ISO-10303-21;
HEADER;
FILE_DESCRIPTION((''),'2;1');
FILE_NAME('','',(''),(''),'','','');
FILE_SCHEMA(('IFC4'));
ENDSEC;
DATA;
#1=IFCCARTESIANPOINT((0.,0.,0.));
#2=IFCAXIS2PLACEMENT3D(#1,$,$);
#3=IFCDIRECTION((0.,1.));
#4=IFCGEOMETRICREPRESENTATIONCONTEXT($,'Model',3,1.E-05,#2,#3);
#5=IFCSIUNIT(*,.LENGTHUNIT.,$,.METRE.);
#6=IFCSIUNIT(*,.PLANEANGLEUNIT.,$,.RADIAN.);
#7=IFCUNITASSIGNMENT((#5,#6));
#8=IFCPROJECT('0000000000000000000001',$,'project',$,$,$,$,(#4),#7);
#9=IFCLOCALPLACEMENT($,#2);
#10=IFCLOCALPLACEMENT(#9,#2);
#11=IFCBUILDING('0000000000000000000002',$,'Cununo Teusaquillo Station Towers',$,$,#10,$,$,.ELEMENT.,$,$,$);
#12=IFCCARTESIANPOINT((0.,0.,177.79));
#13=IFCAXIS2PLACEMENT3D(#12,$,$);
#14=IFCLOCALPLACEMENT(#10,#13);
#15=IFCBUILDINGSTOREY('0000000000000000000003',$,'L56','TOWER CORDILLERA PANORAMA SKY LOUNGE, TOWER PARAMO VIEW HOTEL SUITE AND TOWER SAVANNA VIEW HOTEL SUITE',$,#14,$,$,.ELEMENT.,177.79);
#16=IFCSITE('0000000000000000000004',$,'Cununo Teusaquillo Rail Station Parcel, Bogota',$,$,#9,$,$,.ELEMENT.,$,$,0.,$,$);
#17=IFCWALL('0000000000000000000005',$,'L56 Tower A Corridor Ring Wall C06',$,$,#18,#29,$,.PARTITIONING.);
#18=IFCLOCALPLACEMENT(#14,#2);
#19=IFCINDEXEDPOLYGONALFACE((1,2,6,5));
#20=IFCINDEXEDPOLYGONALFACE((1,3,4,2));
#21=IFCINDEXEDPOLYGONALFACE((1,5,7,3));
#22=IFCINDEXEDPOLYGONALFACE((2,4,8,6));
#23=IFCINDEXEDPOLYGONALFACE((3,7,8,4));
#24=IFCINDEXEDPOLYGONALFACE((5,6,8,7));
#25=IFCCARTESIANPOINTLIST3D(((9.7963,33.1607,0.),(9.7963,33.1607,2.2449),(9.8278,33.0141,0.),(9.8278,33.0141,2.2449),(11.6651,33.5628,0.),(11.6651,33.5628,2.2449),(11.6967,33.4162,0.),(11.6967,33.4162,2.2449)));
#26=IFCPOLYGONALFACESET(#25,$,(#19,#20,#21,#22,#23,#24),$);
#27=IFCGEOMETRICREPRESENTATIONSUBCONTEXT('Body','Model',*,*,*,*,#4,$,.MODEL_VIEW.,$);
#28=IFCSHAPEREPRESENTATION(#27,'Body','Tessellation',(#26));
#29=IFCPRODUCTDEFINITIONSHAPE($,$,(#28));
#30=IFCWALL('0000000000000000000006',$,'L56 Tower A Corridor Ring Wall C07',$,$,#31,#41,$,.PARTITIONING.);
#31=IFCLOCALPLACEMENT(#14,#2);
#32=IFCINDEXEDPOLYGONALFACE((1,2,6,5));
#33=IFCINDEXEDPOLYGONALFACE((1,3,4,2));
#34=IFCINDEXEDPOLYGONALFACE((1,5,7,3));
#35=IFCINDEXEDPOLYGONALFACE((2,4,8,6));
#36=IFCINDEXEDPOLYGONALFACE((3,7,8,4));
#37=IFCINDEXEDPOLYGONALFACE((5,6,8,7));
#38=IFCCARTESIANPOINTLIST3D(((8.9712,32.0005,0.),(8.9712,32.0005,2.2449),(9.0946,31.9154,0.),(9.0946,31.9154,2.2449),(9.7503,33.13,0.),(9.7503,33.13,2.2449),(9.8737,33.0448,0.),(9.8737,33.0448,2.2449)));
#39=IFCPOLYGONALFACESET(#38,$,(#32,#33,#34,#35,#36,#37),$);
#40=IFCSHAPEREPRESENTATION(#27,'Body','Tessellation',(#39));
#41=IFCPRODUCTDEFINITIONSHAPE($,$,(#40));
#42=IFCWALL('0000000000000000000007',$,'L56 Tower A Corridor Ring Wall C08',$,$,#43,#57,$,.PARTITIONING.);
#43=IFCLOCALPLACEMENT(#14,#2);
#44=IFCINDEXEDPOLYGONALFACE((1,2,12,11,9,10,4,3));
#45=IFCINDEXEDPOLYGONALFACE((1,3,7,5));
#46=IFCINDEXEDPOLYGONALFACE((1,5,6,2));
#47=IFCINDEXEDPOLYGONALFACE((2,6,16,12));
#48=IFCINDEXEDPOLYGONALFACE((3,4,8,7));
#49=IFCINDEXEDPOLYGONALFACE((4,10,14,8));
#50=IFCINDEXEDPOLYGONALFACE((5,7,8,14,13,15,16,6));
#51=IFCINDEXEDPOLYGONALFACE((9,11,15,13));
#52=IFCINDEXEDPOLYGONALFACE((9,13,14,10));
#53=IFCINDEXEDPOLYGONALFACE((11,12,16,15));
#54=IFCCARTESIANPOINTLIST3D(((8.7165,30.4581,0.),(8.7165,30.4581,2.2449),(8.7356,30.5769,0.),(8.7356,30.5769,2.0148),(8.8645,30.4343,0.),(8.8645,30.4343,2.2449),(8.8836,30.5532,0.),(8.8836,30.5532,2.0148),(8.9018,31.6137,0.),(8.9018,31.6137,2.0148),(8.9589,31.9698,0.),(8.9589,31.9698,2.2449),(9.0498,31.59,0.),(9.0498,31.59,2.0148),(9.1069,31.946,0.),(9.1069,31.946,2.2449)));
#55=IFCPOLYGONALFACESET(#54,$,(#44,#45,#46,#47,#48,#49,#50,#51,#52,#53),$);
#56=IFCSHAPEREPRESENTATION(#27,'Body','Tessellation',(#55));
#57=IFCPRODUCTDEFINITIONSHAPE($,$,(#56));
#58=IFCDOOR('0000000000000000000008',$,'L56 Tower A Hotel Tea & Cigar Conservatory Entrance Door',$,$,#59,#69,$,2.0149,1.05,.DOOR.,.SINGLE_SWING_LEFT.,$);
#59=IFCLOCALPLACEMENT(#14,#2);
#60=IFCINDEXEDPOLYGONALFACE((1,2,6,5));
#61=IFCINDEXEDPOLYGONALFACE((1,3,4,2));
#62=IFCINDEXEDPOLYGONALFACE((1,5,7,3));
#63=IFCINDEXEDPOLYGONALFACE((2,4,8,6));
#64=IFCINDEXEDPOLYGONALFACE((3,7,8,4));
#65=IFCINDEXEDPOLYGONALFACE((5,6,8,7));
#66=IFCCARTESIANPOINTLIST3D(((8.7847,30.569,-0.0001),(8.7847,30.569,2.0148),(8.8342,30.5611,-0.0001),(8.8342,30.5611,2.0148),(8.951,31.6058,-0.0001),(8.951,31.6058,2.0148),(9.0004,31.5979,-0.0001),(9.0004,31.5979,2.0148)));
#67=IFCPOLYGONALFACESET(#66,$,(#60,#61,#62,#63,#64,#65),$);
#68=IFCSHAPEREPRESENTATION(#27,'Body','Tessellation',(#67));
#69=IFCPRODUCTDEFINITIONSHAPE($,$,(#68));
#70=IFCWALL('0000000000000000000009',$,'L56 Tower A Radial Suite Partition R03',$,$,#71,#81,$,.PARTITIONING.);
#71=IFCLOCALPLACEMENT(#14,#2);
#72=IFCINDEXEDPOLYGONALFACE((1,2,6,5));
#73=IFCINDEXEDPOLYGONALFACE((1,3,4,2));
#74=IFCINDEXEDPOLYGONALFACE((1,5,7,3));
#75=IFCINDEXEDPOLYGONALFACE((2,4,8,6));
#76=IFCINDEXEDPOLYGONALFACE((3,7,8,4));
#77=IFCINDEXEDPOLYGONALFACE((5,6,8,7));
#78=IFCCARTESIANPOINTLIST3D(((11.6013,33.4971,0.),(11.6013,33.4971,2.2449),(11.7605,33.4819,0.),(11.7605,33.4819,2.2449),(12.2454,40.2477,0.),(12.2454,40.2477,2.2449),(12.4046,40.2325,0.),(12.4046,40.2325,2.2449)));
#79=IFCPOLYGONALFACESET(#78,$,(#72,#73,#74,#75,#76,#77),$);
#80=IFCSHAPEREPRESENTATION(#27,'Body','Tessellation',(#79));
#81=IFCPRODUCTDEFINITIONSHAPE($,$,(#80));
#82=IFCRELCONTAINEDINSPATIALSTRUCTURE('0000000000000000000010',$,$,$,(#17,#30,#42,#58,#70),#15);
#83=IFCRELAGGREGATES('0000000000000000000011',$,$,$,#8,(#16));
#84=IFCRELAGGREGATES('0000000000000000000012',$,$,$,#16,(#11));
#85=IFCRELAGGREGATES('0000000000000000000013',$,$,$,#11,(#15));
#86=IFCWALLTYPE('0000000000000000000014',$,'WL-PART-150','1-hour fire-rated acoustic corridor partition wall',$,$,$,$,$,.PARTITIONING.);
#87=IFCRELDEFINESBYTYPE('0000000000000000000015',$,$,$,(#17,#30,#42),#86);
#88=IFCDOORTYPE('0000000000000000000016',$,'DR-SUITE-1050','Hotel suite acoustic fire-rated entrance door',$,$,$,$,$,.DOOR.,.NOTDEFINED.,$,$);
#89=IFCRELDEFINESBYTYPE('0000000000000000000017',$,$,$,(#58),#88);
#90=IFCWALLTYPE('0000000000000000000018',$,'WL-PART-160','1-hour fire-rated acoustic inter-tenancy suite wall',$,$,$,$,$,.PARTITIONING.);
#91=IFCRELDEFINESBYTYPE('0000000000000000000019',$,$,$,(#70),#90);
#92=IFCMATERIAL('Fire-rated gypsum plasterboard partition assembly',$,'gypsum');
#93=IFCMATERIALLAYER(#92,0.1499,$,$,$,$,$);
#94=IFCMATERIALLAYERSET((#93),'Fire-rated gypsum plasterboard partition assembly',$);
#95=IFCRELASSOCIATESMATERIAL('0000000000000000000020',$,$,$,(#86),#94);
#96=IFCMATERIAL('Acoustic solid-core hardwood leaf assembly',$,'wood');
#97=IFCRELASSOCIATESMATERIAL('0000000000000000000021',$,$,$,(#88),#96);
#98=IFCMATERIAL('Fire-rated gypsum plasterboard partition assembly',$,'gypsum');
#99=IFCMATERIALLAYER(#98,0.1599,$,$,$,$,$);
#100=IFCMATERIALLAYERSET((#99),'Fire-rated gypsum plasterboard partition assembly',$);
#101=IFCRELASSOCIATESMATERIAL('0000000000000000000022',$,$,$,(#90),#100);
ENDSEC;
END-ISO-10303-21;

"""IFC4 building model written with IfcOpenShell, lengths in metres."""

from ifc_helpers import new_model, si_unit, direction, frame, frame_2d, origin, place, context, subcontext, project, spatial, rectangle, extrude, source, transform, mapped, material, layer, layer_set, type_object, element, fill, save


model = new_model("IFC4")

# Units and contexts
model_context = context("Model", 3, precision=1e-05, world=origin(), true_north=direction((0.0, 1.0)))
body_context = subcontext(model_context, "Body", "Model", "MODEL_VIEW")
ifc_project = project(units=[si_unit("LENGTHUNIT", "METRE"), si_unit("PLANEANGLEUNIT", "RADIAN")], contexts=[model_context])

# Site, building, storey
site_placement = place(None, origin())
site = spatial("IfcSite", under=ifc_project, at=site_placement, Name="Cununo Teusaquillo Rail Station Parcel, Bogota", CompositionType="ELEMENT", RefElevation=0.0)
building_placement = place(site_placement, origin())
building = spatial("IfcBuilding", under=site, at=building_placement, Name="Cununo Teusaquillo Station Towers", CompositionType="ELEMENT")
storey_placement = place(building_placement, frame((0.0, 0.0, 177.79)))
storey = spatial("IfcBuildingStorey", under=building, at=storey_placement, Name="L56", Description="TOWER CORDILLERA PANORAMA SKY LOUNGE, TOWER PARAMO VIEW HOTEL SUITE AND TOWER SAVANNA VIEW HOTEL SUITE", CompositionType="ELEMENT", Elevation=177.79)

# Walls
ifc_material_1 = material(Name="Fire-rated gypsum plasterboard partition assembly", Category="gypsum")
ifc_layer_1 = layer(ifc_material_1, 0.1499)
ifc_layer_set_1 = layer_set([ifc_layer_1], Name="Fire-rated gypsum plasterboard partition assembly")
wall_type_1 = type_object("IfcWallType", Name="WL-PART-150", Description="1-hour fire-rated acoustic corridor partition wall", PredefinedType="PARTITIONING", material=ifc_layer_set_1)
wall_1_placement = place(storey_placement, frame((11.6809, 33.4895, 0.0), z_axis=(0.0, 0.0, 1.0), x_axis=(-0.977628, -0.21034, 0.0)))
element("IfcWall", 1, at=wall_1_placement, inside=storey, type_object=wall_type_1, Name="L56 Tower A Corridor Ring Wall C06", PredefinedType="PARTITIONING", context=body_context, shape_type="SweptSolid", body=[
    extrude(rectangle(XDim=1.9116, YDim=0.1499, at=frame_2d((0.9558, 0.0))), origin(), (0.0, 0.0, 1.0), 2.2449),
])
wall_2_placement = place(storey_placement, frame((9.812, 33.0874, 0.0), z_axis=(0.0, 0.0, 1.0), x_axis=(-0.567812, -0.823158, 0.0)))
element("IfcWall", 2, at=wall_2_placement, inside=storey, type_object=wall_type_1, Name="L56 Tower A Corridor Ring Wall C07", PredefinedType="PARTITIONING", context=body_context, shape_type="SweptSolid", body=[
    extrude(rectangle(XDim=1.3721, YDim=0.1499, at=frame_2d((0.686, 0.0))), origin(), (0.0, 0.0, 1.0), 2.2449),
])

# Wall, opening, door
wall_3_placement = place(storey_placement, frame((9.033, 31.958, 0.0), z_axis=(0.0, 0.0, 1.0), x_axis=(-0.158345, -0.987384, 0.0)))
wall_3 = element("IfcWall", 3, at=wall_3_placement, inside=storey, type_object=wall_type_1, Name="L56 Tower A Corridor Ring Wall C08", PredefinedType="PARTITIONING", context=body_context, shape_type="SweptSolid", body=[
    extrude(rectangle(XDim=1.531, YDim=0.1499, at=frame_2d((0.7656, 0.0))), origin(), (0.0, 0.0, 1.0), 2.2449),
])
shared_shape_1 = source(origin(), body_context, "Body", "SweptSolid", [
    extrude(rectangle(XDim=1.05, YDim=2.0149, at=frame_2d((0.5249, 1.0073))), frame((0.0, 0.085, 0.0), z_axis=(0.0, -1.0, 0.0), x_axis=(1.0, 0.0, 0.0)), (0.0, 0.0, 1.0), 0.1699),
])
opening_1_placement = place(wall_3_placement, frame((0.3608, 0.0, 0.0)))
opening_1 = element("IfcOpeningElement", 4, at=opening_1_placement, cuts=wall_3, PredefinedType="OPENING", context=body_context, shape_type="MappedRepresentation", body=[
    mapped(shared_shape_1, transform((0.0, 0.0, 0.0), x_axis=(1.0, 0.0, 0.0), y_axis=(0.0, 1.0, 0.0), z_axis=(0.0, 0.0, 1.0), scale=1.0)),
])
ifc_material_2 = material(Name="Acoustic solid-core hardwood leaf assembly", Category="wood")
door_type_1 = type_object("IfcDoorType", Name="DR-SUITE-1050", Description="Hotel suite acoustic fire-rated entrance door", OperationType="NOTDEFINED", PredefinedType="DOOR", material=ifc_material_2)
shared_shape_2 = source(origin(), body_context, "Body", "SweptSolid", [
    extrude(rectangle(XDim=1.05, YDim=2.0149, at=frame_2d((0.5249, 1.0073))), frame((0.0, 0.0249, 0.0), z_axis=(0.0, -1.0, 0.0), x_axis=(1.0, 0.0, 0.0)), (0.0, 0.0, 1.0), 0.05),
])
door_1_placement = place(opening_1_placement, origin())
door_1 = element("IfcDoor", 5, at=door_1_placement, inside=storey, type_object=door_type_1, Name="L56 Tower A Hotel Tea & Cigar Conservatory Entrance Door", OperationType="SINGLE_SWING_LEFT", OverallHeight=2.0149, OverallWidth=1.05, PredefinedType="DOOR", context=body_context, shape_type="MappedRepresentation", body=[
    mapped(shared_shape_2, transform((0.0, 0.0, 0.0), x_axis=(1.0, 0.0, 0.0), y_axis=(0.0, 1.0, 0.0), z_axis=(0.0, 0.0, 1.0), scale=1.0)),
])
fill(opening_1, door_1)

# Wall
ifc_material_3 = material(Name="Fire-rated gypsum plasterboard partition assembly", Category="gypsum")
ifc_layer_2 = layer(ifc_material_3, 0.1599)
ifc_layer_set_2 = layer_set([ifc_layer_2], Name="Fire-rated gypsum plasterboard partition assembly")
wall_type_2 = type_object("IfcWallType", Name="WL-PART-160", Description="1-hour fire-rated acoustic inter-tenancy suite wall", PredefinedType="PARTITIONING", material=ifc_layer_set_2)
wall_4_placement = place(storey_placement, frame((11.6809, 33.4895, 0.0), z_axis=(0.0, 0.0, 1.0), x_axis=(0.094976, 0.99548, 0.0)))
element("IfcWall", 6, at=wall_4_placement, inside=storey, type_object=wall_type_2, Name="L56 Tower A Radial Suite Partition R03", PredefinedType="PARTITIONING", context=body_context, shape_type="SweptSolid", body=[
    extrude(rectangle(XDim=6.7812, YDim=0.1599, at=frame_2d((3.3906, 0.0))), origin(), (0.0, 0.0, 1.0), 2.2449),
])

save(model, "model.ifc")
